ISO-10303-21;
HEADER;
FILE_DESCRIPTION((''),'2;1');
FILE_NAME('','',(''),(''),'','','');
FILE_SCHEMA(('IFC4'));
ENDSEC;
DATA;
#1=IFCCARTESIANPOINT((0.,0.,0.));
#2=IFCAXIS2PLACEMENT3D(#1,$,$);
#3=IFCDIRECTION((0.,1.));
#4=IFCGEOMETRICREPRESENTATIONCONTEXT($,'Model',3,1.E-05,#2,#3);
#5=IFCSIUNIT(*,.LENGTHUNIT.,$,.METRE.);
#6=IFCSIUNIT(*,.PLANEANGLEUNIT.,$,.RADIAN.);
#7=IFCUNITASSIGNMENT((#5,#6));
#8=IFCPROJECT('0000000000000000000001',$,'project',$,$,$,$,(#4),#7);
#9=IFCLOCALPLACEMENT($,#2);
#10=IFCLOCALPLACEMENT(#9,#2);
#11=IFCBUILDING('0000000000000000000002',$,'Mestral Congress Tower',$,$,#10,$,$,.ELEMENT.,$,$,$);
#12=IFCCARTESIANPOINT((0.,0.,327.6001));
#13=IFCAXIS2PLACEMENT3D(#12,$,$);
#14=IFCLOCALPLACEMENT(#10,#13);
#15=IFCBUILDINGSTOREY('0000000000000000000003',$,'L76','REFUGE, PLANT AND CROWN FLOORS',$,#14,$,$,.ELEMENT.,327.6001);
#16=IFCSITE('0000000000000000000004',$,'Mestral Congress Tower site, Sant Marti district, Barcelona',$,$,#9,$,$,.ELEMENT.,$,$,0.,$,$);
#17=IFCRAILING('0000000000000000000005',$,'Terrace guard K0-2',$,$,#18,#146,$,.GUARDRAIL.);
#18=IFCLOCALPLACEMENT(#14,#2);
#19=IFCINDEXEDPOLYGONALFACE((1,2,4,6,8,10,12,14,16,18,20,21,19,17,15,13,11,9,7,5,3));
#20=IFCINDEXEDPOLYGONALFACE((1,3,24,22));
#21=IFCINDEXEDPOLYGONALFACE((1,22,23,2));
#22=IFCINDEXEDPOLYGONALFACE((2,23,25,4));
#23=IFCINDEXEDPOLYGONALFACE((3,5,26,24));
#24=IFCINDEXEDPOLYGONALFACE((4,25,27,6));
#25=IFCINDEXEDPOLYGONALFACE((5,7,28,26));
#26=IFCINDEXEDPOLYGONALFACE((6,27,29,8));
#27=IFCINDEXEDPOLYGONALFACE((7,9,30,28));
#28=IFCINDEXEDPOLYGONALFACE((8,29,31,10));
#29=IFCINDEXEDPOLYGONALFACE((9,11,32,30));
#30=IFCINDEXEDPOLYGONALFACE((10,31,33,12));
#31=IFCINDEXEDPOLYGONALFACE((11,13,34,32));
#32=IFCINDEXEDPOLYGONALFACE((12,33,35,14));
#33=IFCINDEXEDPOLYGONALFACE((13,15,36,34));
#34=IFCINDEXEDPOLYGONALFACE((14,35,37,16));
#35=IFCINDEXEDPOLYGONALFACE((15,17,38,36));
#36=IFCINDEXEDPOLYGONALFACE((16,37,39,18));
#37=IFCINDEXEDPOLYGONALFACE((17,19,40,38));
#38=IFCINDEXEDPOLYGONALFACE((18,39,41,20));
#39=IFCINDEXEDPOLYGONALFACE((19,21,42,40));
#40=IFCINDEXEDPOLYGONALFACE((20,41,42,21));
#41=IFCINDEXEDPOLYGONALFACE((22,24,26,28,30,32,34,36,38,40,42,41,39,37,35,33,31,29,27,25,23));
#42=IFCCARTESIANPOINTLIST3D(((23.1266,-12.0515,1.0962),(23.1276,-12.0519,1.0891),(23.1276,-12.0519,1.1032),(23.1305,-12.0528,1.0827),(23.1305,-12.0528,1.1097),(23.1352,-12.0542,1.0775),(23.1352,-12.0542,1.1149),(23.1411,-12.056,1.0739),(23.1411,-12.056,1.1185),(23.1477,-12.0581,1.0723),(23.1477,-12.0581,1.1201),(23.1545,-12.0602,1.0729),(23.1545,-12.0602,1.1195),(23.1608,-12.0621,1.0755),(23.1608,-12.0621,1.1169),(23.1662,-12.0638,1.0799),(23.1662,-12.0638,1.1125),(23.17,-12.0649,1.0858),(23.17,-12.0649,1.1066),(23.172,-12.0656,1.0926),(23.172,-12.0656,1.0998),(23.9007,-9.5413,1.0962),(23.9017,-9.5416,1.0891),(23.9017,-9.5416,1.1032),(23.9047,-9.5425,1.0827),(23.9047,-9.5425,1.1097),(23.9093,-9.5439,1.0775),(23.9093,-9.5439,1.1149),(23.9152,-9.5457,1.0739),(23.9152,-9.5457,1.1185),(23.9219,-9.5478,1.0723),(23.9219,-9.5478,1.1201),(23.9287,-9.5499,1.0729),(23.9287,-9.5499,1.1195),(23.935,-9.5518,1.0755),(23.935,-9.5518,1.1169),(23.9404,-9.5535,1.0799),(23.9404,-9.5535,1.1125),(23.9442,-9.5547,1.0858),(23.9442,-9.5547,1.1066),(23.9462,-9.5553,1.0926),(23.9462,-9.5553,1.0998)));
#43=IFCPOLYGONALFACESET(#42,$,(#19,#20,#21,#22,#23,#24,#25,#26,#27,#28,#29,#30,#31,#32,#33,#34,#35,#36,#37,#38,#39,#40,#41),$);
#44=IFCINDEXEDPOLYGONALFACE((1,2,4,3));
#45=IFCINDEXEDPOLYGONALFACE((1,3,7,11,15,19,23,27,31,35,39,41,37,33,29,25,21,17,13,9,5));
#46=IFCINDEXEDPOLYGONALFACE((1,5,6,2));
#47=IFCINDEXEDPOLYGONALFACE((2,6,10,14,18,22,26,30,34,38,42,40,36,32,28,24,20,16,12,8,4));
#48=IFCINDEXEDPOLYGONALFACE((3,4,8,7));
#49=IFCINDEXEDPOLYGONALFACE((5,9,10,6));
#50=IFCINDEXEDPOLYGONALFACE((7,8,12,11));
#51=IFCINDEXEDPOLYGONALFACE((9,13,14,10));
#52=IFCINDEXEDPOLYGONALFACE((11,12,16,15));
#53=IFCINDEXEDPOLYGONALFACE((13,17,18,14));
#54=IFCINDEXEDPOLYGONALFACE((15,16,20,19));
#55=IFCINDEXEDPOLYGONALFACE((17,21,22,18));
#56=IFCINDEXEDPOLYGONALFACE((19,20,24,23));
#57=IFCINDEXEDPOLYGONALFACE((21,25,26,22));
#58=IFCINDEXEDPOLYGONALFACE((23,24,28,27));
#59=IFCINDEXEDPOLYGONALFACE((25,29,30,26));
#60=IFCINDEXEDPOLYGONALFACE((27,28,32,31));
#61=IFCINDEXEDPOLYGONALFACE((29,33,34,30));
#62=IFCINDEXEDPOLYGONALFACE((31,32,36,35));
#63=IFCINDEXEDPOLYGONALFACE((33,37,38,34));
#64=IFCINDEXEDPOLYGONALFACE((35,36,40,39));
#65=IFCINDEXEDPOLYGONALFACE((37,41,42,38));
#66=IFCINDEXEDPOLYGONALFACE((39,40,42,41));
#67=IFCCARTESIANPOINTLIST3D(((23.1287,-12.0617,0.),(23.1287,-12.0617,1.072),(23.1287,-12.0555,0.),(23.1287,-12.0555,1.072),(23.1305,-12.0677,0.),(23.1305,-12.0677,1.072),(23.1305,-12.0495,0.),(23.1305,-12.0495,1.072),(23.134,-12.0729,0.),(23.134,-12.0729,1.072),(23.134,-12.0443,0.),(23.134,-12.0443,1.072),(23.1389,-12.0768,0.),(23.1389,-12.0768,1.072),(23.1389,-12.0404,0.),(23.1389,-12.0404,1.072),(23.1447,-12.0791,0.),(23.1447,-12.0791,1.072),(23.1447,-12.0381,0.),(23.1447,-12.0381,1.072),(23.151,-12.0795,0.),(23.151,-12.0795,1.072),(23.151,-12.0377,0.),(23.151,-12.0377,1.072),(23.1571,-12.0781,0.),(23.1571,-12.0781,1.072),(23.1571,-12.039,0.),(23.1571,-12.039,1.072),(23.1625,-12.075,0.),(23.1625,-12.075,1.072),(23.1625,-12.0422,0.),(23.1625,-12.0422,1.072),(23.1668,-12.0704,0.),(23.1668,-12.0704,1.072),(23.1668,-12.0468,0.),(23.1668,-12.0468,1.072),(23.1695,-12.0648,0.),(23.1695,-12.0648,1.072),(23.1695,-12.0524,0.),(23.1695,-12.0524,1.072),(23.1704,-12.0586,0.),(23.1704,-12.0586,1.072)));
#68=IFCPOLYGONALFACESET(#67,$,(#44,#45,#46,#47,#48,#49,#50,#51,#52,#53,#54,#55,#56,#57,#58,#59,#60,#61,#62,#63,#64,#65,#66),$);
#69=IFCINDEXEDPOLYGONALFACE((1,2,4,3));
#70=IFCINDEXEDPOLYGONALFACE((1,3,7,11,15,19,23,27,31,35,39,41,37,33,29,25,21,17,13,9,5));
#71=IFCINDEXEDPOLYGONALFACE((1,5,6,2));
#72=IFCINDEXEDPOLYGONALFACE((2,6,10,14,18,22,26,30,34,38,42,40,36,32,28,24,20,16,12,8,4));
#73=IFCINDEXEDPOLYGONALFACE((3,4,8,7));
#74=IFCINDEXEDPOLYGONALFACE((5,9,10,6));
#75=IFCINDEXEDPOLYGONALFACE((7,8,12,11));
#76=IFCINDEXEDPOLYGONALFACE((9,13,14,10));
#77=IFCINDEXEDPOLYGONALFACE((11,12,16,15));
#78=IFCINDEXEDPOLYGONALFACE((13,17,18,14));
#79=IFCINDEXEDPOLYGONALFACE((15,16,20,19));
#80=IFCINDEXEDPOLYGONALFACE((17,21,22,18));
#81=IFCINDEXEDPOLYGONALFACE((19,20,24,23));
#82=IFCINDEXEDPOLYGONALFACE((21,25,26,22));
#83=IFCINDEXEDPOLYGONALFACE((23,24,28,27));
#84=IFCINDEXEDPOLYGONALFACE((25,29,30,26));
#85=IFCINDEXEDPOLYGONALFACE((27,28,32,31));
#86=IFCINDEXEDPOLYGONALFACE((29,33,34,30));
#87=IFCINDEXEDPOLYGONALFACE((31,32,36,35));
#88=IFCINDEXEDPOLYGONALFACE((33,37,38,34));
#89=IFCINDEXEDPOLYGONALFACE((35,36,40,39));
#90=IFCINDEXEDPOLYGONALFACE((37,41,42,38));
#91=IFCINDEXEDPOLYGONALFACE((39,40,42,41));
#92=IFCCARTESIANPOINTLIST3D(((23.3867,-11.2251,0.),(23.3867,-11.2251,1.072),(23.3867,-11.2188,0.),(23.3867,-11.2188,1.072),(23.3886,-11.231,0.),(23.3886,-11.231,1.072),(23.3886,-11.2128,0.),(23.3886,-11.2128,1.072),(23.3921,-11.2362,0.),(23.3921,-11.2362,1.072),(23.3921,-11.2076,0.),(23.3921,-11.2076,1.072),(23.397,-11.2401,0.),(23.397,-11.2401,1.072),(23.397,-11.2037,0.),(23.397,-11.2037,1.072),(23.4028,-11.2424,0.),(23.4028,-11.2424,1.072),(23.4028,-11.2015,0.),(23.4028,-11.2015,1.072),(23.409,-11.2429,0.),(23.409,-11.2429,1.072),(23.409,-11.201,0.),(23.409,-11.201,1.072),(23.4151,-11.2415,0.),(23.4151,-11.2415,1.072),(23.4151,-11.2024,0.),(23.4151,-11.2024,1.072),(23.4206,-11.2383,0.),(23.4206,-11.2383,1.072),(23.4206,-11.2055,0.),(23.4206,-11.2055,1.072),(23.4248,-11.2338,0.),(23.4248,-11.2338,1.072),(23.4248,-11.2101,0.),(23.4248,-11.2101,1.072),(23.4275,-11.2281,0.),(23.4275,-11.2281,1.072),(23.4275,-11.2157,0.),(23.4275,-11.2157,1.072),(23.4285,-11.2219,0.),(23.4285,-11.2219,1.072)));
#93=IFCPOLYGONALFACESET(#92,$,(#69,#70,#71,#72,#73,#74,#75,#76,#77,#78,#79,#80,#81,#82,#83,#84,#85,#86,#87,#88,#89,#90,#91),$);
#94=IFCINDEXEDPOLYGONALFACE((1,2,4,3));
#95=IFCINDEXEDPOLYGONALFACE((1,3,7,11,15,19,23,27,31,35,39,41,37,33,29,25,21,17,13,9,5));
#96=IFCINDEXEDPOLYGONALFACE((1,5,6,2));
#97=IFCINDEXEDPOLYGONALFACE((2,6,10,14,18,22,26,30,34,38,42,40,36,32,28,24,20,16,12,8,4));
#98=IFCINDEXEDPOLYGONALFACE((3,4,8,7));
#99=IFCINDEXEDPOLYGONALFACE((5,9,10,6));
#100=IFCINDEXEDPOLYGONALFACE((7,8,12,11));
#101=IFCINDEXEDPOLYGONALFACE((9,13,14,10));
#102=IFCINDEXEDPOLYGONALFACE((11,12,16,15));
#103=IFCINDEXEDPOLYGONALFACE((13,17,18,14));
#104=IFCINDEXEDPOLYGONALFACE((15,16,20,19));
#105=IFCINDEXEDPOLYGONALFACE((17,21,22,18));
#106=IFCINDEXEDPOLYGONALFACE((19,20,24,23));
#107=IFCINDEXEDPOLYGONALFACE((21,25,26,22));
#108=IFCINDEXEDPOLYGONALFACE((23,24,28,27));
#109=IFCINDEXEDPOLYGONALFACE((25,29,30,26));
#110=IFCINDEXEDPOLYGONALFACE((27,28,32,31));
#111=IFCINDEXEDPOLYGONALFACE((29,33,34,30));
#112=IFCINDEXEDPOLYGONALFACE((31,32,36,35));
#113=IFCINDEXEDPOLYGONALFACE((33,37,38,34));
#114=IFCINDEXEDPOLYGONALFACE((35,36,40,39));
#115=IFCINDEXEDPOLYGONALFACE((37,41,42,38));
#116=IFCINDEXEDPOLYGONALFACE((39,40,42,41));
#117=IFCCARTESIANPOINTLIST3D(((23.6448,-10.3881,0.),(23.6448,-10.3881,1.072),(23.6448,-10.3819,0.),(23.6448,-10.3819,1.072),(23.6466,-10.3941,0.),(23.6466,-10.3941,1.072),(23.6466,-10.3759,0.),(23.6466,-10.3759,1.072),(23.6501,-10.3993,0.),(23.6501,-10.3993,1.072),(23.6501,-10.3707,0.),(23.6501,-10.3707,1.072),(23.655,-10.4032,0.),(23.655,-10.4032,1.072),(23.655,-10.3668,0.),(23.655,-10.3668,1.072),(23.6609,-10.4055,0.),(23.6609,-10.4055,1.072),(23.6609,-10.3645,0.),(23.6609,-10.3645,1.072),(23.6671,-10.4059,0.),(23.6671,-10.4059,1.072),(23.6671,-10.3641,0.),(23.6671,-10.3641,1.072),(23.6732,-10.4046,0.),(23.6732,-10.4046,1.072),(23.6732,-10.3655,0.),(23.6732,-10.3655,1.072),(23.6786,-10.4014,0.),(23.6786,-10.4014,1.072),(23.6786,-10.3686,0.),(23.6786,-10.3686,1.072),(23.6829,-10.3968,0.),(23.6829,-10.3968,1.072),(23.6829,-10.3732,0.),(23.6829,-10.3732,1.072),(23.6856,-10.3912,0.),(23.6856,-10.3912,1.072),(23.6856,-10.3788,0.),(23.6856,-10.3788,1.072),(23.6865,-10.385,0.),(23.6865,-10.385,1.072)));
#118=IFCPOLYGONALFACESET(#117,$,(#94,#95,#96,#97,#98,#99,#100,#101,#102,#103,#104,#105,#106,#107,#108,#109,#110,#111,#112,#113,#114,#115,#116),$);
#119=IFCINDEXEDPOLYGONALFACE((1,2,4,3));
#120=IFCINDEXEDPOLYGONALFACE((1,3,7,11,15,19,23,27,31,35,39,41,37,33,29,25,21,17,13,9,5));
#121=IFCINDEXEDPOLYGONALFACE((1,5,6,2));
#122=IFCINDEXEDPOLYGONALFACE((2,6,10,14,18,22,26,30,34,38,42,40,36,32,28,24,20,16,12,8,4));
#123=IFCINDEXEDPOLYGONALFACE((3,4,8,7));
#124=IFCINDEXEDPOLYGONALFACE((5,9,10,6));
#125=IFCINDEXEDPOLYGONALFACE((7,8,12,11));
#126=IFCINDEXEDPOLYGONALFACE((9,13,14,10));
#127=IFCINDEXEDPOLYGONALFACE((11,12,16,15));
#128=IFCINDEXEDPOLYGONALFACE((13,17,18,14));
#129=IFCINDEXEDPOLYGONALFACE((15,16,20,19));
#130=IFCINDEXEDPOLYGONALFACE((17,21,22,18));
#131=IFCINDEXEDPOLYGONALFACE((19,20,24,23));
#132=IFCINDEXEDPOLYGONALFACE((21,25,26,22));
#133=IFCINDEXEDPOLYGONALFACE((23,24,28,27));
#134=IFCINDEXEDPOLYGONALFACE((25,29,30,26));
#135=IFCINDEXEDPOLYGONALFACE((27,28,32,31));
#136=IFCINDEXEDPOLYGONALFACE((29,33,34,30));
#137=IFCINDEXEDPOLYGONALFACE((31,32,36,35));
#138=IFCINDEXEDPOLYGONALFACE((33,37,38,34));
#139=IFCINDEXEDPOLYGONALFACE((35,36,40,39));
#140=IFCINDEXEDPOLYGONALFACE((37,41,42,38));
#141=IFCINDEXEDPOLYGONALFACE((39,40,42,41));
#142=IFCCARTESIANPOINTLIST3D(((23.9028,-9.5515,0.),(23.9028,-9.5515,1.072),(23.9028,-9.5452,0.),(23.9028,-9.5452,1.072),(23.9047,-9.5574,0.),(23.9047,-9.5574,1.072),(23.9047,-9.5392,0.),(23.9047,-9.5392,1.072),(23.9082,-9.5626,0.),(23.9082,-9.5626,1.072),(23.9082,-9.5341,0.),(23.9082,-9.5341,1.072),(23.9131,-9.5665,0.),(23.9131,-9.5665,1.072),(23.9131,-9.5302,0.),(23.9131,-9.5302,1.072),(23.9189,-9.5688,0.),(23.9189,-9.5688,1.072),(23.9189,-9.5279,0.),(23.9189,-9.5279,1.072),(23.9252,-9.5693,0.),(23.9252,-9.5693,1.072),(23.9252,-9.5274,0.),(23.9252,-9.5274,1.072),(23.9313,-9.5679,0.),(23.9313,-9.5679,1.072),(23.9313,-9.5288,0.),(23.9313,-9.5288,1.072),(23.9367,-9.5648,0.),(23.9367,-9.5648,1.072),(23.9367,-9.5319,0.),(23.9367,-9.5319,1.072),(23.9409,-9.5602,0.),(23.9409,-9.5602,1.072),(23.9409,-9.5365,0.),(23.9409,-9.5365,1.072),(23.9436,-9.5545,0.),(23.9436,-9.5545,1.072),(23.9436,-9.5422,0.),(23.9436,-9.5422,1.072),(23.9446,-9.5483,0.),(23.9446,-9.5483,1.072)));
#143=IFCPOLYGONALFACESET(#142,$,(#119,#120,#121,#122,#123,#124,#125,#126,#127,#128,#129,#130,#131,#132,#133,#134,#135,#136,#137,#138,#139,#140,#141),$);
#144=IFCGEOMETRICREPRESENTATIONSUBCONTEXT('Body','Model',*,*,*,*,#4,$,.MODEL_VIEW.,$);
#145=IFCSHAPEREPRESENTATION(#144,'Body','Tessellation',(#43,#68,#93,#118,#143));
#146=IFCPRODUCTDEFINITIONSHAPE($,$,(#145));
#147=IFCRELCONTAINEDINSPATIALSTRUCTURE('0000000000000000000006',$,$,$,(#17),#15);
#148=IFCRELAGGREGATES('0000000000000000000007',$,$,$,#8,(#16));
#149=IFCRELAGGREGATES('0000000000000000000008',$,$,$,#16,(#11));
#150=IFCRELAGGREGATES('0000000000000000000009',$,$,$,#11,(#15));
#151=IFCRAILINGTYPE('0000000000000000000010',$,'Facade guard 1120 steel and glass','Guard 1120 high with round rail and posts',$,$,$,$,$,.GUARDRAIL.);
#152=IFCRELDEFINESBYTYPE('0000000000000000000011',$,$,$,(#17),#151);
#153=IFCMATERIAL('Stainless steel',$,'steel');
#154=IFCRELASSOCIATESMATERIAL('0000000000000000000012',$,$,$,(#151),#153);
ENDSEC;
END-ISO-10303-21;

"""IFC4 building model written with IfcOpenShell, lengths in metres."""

from ifc_helpers import new_model, si_unit, direction, frame, origin, origin_2d, place, context, subcontext, project, spatial, circle, extrude, material, type_object, element, save


model = new_model("IFC4")

# Units and contexts
model_context = context("Model", 3, precision=1e-05, world=origin(), true_north=direction((0.0, 1.0)))
body_context = subcontext(model_context, "Body", "Model", "MODEL_VIEW")
ifc_project = project(units=[si_unit("LENGTHUNIT", "METRE"), si_unit("PLANEANGLEUNIT", "RADIAN")], contexts=[model_context])

# Site, building, storey
site_placement = place(None, origin())
site = spatial("IfcSite", under=ifc_project, at=site_placement, Name="Mestral Congress Tower site, Sant Marti district, Barcelona", CompositionType="ELEMENT", RefElevation=0.0)
building_placement = place(site_placement, origin())
building = spatial("IfcBuilding", under=site, at=building_placement, Name="Mestral Congress Tower", CompositionType="ELEMENT")
storey_placement = place(building_placement, frame((0.0, 0.0, 327.6001)))
storey = spatial("IfcBuildingStorey", under=building, at=storey_placement, Name="L76", Description="REFUGE, PLANT AND CROWN FLOORS", CompositionType="ELEMENT", Elevation=327.6001)

# Railing
ifc_material_1 = material(Name="Stainless steel", Category="steel")
railing_type = type_object("IfcRailingType", Name="Facade guard 1120 steel and glass", Description="Guard 1120 high with round rail and posts", PredefinedType="GUARDRAIL", material=ifc_material_1)
railing_1_placement = place(storey_placement, frame((23.1494, -12.0586, 0.0)))
element("IfcRailing", 1, at=railing_1_placement, inside=storey, type_object=railing_type, Name="Terrace guard K0-2", PredefinedType="GUARDRAIL", context=body_context, shape_type="SweptSolid", body=[
    extrude(circle(Radius=0.0239, at=origin_2d()), frame((0.0, 0.0, 1.0962), z_axis=(0.294706, 0.955588, 0.0), x_axis=(-0.955588, 0.294706, 0.0)), (0.0, 0.0, 1.0), 2.627),
    extrude(circle(Radius=0.021, at=origin_2d()), origin(), (0.0, 0.0, 1.0), 1.072),
    extrude(circle(Radius=0.021, at=origin_2d()), frame((0.2581, 0.8367, 0.0)), (0.0, 0.0, 1.0), 1.072),
    extrude(circle(Radius=0.021, at=origin_2d()), frame((0.5161, 1.6736, 0.0)), (0.0, 0.0, 1.0), 1.072),
    extrude(circle(Radius=0.021, at=origin_2d()), frame((0.7742, 2.5103, 0.0)), (0.0, 0.0, 1.0), 1.072),
])

save(model, "model.ifc")
